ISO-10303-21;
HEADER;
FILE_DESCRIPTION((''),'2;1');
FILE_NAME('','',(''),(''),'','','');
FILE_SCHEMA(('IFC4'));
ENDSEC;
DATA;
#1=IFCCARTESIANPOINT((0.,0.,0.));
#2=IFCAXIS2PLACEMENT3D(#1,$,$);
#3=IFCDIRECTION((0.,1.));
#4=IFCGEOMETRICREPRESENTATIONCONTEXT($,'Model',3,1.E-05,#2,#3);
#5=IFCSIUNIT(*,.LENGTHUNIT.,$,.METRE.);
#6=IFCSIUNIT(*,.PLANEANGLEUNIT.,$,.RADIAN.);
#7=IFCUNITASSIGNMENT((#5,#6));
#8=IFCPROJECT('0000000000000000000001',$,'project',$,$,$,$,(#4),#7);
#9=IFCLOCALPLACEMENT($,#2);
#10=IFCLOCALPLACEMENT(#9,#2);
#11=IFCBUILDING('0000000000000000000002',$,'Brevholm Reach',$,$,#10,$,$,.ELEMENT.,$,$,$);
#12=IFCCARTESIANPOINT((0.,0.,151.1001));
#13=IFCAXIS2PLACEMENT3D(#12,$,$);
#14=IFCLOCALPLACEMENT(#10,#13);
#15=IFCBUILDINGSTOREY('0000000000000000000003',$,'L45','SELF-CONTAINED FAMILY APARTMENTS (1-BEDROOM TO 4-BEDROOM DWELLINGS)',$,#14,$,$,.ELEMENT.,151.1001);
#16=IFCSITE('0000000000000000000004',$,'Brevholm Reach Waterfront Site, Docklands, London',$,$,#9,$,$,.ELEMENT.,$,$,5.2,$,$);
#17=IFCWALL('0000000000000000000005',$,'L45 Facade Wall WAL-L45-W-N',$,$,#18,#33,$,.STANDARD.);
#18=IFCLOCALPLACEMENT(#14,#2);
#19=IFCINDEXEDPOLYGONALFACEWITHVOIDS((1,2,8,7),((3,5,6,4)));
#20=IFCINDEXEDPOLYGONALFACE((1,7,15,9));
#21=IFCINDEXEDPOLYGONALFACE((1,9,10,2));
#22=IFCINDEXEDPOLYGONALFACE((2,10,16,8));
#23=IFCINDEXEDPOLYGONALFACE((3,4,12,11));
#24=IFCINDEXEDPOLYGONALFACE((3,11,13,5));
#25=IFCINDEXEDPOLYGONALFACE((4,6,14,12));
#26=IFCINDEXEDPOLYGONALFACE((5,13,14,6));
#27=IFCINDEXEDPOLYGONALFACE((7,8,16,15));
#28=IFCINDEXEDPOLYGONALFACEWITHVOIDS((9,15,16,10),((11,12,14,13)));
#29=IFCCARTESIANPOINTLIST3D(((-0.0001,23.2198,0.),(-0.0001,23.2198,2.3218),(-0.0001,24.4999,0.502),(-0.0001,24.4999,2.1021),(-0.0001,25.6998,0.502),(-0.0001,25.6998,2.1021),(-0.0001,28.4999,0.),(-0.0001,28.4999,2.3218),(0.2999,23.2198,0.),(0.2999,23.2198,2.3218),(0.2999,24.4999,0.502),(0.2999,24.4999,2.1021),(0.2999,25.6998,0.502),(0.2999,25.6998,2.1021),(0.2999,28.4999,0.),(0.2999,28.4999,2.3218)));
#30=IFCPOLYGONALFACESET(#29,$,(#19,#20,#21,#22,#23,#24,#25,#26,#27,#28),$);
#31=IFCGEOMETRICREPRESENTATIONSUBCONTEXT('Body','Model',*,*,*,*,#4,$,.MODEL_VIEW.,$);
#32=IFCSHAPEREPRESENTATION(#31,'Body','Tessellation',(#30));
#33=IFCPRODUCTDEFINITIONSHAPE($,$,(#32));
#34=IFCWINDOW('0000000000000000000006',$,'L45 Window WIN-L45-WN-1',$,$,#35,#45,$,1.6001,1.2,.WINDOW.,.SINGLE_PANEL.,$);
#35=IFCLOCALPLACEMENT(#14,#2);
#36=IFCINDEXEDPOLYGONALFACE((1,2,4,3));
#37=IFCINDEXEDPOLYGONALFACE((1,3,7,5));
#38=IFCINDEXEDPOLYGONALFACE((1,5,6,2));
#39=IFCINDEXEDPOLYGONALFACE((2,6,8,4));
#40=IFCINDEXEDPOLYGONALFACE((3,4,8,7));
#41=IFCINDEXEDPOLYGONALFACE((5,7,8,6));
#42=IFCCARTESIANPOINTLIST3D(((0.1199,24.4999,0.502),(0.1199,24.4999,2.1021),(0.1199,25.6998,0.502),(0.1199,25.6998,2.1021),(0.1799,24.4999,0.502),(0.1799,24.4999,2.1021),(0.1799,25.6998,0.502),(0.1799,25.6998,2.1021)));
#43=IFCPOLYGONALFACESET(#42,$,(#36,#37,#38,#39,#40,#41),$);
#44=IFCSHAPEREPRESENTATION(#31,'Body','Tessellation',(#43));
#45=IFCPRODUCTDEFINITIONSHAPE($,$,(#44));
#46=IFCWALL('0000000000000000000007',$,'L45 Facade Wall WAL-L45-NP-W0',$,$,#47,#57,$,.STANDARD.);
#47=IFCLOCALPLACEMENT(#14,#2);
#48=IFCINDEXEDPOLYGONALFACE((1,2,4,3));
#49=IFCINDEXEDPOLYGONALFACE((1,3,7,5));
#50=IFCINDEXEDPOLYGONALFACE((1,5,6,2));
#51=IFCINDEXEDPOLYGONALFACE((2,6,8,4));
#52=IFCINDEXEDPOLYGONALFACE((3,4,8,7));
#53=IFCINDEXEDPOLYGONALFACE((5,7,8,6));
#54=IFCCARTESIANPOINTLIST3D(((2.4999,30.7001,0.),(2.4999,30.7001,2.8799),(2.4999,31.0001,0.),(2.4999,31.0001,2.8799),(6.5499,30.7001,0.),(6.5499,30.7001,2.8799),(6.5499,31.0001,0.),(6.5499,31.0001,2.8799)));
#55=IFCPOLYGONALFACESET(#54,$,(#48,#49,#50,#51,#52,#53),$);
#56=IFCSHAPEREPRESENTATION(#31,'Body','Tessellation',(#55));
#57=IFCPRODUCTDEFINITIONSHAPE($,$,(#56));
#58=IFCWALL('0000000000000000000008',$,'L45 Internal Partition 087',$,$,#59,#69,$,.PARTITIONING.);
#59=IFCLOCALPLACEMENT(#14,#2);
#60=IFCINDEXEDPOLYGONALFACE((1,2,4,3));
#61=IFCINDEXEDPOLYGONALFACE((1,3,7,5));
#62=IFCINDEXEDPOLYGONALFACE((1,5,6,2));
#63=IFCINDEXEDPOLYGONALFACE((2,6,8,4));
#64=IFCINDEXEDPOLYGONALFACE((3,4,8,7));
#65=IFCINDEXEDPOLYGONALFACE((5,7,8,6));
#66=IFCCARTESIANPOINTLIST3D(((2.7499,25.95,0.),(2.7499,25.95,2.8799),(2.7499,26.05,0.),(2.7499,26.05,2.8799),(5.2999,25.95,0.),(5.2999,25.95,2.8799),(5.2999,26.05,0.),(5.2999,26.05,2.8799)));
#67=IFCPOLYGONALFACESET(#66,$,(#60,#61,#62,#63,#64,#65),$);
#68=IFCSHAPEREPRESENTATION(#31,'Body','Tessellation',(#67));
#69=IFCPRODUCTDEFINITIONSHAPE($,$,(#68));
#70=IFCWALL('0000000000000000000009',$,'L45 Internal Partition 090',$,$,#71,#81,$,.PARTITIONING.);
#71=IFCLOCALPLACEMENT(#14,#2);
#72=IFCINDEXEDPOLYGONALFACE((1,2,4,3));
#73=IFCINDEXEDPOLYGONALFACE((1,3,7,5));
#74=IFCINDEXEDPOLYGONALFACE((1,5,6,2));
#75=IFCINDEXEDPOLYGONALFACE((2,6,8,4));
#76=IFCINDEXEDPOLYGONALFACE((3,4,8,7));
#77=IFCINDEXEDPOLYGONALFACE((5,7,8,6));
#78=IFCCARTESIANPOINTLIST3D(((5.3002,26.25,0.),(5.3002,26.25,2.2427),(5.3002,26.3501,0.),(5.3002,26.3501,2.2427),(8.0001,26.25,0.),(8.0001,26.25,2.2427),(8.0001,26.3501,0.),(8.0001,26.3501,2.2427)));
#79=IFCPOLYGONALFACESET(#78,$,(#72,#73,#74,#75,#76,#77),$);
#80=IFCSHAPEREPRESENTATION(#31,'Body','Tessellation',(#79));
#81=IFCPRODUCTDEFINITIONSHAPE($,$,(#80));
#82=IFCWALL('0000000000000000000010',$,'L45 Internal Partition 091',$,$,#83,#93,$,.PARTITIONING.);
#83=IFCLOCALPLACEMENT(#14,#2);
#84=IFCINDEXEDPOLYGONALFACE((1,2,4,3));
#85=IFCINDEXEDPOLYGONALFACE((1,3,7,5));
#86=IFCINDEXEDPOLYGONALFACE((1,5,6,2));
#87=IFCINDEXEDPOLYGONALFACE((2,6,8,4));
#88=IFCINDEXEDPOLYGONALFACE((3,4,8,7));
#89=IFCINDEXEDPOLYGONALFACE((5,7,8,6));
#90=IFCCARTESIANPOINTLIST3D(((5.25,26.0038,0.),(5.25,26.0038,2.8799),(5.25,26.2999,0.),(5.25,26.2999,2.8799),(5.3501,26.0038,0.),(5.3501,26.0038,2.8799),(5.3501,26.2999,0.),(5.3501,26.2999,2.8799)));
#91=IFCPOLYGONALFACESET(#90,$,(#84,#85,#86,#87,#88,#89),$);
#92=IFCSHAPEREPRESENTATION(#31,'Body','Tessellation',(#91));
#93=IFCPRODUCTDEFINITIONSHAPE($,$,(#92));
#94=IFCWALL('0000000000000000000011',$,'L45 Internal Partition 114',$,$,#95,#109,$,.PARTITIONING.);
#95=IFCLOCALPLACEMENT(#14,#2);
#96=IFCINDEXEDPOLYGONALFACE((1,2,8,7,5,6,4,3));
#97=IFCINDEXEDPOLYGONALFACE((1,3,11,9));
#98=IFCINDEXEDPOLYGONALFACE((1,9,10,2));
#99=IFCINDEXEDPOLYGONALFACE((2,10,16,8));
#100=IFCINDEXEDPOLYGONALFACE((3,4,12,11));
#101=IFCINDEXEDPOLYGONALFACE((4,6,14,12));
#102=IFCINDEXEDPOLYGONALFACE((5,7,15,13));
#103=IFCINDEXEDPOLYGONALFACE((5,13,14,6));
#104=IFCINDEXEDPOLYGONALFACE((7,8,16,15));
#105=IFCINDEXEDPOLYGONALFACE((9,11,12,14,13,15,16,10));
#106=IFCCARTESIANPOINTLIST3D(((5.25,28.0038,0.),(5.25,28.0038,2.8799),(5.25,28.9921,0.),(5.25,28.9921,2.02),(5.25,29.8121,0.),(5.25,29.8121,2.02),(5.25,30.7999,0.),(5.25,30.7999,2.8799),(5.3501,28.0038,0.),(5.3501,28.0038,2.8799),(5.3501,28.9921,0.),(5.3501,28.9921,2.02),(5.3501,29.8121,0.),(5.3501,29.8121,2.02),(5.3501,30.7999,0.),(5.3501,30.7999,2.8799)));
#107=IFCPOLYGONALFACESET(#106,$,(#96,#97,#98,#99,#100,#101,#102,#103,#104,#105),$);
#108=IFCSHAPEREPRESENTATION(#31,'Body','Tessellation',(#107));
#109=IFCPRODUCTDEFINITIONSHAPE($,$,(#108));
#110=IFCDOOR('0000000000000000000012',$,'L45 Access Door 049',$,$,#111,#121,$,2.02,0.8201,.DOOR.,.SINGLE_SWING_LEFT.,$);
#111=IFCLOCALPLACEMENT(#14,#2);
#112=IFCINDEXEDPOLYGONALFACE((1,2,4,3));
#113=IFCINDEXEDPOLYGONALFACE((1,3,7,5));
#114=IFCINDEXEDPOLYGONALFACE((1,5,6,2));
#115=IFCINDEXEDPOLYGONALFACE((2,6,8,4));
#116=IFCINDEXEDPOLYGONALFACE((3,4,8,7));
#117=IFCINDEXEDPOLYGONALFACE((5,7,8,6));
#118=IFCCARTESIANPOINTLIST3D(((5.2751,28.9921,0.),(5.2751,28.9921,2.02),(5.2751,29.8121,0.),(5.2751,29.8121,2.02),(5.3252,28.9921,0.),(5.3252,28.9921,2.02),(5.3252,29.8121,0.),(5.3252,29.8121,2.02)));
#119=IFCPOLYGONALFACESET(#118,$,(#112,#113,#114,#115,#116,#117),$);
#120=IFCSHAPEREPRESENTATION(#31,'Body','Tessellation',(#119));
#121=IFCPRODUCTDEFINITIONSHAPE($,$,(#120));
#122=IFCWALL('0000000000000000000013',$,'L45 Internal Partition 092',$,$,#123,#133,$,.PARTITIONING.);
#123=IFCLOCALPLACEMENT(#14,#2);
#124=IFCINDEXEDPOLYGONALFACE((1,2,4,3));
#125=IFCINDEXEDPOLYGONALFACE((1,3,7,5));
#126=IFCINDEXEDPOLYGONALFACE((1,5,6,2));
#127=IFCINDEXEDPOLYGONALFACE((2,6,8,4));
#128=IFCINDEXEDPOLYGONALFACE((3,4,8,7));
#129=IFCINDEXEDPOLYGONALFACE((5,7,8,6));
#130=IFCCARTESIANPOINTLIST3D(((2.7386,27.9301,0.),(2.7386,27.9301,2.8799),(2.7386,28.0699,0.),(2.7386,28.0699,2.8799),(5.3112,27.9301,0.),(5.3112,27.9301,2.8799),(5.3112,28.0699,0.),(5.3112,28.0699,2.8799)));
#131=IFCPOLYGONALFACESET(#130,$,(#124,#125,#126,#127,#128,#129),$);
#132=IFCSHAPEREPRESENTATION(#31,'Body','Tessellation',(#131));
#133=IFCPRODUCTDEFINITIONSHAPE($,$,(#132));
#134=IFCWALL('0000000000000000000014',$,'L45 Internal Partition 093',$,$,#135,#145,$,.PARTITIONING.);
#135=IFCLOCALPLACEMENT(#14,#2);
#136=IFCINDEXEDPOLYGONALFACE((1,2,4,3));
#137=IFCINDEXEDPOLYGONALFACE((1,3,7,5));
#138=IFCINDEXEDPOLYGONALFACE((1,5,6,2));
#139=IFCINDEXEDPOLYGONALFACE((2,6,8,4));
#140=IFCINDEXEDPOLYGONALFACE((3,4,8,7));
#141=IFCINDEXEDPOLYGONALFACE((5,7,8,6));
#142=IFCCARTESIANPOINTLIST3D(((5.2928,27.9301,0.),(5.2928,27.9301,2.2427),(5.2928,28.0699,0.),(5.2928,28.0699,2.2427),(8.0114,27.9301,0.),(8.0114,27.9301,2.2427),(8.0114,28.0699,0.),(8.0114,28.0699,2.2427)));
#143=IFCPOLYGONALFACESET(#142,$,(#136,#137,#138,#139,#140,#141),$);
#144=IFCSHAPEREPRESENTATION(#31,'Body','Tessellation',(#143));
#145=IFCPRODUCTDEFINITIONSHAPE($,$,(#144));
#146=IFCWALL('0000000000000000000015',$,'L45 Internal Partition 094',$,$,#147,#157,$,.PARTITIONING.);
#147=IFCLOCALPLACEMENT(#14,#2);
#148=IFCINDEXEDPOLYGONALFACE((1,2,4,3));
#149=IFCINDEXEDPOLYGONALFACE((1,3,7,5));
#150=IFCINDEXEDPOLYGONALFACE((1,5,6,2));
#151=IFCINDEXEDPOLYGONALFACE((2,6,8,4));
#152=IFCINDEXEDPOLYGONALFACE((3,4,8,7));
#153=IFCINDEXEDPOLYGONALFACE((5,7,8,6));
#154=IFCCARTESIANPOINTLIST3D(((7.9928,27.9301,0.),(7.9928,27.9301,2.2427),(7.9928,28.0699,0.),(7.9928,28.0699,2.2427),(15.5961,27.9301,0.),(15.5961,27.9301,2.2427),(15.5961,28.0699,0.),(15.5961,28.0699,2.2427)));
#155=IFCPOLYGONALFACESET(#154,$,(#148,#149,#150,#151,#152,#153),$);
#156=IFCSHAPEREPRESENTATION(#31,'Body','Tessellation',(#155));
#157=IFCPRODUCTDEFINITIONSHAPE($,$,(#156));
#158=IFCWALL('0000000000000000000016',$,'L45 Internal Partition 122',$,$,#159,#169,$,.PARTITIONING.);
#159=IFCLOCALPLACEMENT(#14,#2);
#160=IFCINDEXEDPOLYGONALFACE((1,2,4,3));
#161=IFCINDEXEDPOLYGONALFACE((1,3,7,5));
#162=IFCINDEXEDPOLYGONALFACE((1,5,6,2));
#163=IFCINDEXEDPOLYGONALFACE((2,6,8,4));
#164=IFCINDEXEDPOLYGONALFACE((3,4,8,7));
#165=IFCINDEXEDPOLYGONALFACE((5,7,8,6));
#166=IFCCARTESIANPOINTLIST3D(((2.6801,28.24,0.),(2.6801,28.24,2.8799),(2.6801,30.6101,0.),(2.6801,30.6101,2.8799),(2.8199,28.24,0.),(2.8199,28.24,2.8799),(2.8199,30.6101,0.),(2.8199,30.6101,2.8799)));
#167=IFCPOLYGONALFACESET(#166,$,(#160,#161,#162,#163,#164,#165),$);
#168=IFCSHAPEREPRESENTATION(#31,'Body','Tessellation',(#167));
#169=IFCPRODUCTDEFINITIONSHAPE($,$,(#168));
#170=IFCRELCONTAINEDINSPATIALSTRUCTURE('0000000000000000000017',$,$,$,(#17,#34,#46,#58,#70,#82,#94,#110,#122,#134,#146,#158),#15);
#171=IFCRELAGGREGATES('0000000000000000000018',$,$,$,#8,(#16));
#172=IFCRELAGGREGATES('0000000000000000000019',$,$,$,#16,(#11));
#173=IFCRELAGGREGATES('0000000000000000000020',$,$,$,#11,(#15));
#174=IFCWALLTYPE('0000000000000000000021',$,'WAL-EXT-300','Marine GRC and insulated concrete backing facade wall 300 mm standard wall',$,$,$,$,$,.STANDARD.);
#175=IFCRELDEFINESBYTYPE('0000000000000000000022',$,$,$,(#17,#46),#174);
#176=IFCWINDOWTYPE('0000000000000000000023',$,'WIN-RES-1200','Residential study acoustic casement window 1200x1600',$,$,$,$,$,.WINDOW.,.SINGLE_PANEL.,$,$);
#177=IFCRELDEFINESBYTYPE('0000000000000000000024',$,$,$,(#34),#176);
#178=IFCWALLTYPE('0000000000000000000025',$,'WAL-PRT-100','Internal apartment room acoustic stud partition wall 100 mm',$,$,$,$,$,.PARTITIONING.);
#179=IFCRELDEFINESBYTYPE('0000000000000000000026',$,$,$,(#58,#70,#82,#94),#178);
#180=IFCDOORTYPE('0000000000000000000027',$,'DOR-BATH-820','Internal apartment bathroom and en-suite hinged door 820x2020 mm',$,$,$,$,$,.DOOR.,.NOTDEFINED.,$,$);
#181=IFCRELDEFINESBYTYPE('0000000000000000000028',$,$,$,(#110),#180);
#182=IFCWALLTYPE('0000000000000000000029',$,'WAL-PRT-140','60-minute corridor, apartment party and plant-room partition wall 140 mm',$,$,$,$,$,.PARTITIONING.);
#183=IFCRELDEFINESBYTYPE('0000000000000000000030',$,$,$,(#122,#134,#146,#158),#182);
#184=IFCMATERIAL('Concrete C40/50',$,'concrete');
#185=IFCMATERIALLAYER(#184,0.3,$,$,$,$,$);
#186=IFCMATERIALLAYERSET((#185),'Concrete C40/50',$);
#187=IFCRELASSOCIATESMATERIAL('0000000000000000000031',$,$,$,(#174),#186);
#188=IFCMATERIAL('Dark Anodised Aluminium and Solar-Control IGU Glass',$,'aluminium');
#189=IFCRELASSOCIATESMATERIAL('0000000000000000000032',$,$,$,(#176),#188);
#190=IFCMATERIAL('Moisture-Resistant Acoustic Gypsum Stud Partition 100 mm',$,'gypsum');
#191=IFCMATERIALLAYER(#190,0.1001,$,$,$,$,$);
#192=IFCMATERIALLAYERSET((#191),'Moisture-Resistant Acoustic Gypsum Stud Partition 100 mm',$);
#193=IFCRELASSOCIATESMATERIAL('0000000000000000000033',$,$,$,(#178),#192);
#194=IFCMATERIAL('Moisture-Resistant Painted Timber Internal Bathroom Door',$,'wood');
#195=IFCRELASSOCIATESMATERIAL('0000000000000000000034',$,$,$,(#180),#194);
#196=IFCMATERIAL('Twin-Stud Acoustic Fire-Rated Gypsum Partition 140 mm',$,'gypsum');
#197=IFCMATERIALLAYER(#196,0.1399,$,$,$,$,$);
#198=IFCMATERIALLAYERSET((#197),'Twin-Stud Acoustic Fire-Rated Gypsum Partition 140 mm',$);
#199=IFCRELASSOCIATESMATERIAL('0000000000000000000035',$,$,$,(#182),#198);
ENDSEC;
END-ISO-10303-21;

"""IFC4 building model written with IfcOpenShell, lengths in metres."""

from ifc_helpers import new_model, si_unit, direction, frame, frame_2d, origin, place, context, subcontext, project, spatial, rectangle, extrude, material, layer, layer_set, type_object, element, fill, save


model = new_model("IFC4")

# Units and contexts
model_context = context("Model", 3, precision=1e-05, world=origin(), true_north=direction((0.0, 1.0)))
body_context = subcontext(model_context, "Body", "Model", "MODEL_VIEW")
ifc_project = project(units=[si_unit("LENGTHUNIT", "METRE"), si_unit("PLANEANGLEUNIT", "RADIAN")], contexts=[model_context])

# Site, building, storey
site_placement = place(None, origin())
site = spatial("IfcSite", under=ifc_project, at=site_placement, Name="Brevholm Reach Waterfront Site, Docklands, London", CompositionType="ELEMENT", RefElevation=5.2)
building_placement = place(site_placement, origin())
building = spatial("IfcBuilding", under=site, at=building_placement, Name="Brevholm Reach", CompositionType="ELEMENT")
storey_placement = place(building_placement, frame((0.0, 0.0, 151.1001)))
storey = spatial("IfcBuildingStorey", under=building, at=storey_placement, Name="L45", Description="SELF-CONTAINED FAMILY APARTMENTS (1-BEDROOM TO 4-BEDROOM DWELLINGS)", CompositionType="ELEMENT", Elevation=151.1001)

# Shared definitions
ifc_material_1 = material(Name="Concrete C40/50", Category="concrete")
ifc_layer_1 = layer(ifc_material_1, 0.3)
ifc_layer_set_1 = layer_set([ifc_layer_1], Name="Concrete C40/50")
wall_type_1 = type_object("IfcWallType", Name="WAL-EXT-300", Description="Marine GRC and insulated concrete backing facade wall 300 mm standard wall", PredefinedType="STANDARD", material=ifc_layer_set_1)

# Wall, opening, window
wall_1_placement = place(storey_placement, frame((0.1499, 28.5, 0.0), z_axis=(0.0, 0.0, 1.0), x_axis=(0.0, -1.0, 0.0)))
wall_1 = element("IfcWall", 1, at=wall_1_placement, inside=storey, type_object=wall_type_1, Name="L45 Facade Wall WAL-L45-W-N", PredefinedType="STANDARD", context=body_context, shape_type="SweptSolid", body=[
    extrude(rectangle(XDim=5.28, YDim=0.3, at=frame_2d((2.6401, 0.0))), origin(), (0.0, 0.0, 1.0), 2.3218),
])
opening_1_placement = place(wall_1_placement, frame((2.8, 0.0, 0.502)))
opening_1 = element("IfcOpeningElement", 2, at=opening_1_placement, cuts=wall_1, PredefinedType="OPENING", context=body_context, shape_type="SweptSolid", body=[
    extrude(rectangle(XDim=1.2, YDim=1.6001, at=frame_2d((0.6001, 0.8))), frame((0.0, 0.1599, 0.0), z_axis=(0.0, -1.0, 0.0), x_axis=(1.0, 0.0, 0.0)), (0.0, 0.0, 1.0), 0.3201),
])
ifc_material_2 = material(Name="Dark Anodised Aluminium and Solar-Control IGU Glass", Category="aluminium")
window_type = type_object("IfcWindowType", Name="WIN-RES-1200", Description="Residential study acoustic casement window 1200x1600", PartitioningType="SINGLE_PANEL", PredefinedType="WINDOW", material=ifc_material_2)
window_placement = place(opening_1_placement, origin())
window = element("IfcWindow", 3, at=window_placement, inside=storey, type_object=window_type, Name="L45 Window WIN-L45-WN-1", OverallHeight=1.6001, OverallWidth=1.2, PartitioningType="SINGLE_PANEL", PredefinedType="WINDOW", context=body_context, shape_type="SweptSolid", body=[
    extrude(rectangle(XDim=1.2, YDim=1.6001, at=frame_2d((0.6001, 0.8))), frame((0.0, 0.03, 0.0), z_axis=(0.0, -1.0, 0.0), x_axis=(1.0, 0.0, 0.0)), (0.0, 0.0, 1.0), 0.0601),
])
fill(opening_1, window)

# Walls
wall_2_placement = place(storey_placement, frame((2.5, 30.8501, 0.0), z_axis=(0.0, 0.0, 1.0), x_axis=(1.0, 0.0, 0.0)))
element("IfcWall", 4, at=wall_2_placement, inside=storey, type_object=wall_type_1, Name="L45 Facade Wall WAL-L45-NP-W0", PredefinedType="STANDARD", context=body_context, shape_type="SweptSolid", body=[
    extrude(rectangle(XDim=4.05, YDim=0.3, at=frame_2d((2.0249, 0.0))), origin(), (0.0, 0.0, 1.0), 2.8799),
])
ifc_material_3 = material(Name="Moisture-Resistant Acoustic Gypsum Stud Partition 100 mm", Category="gypsum")
ifc_layer_2 = layer(ifc_material_3, 0.1001)
ifc_layer_set_2 = layer_set([ifc_layer_2], Name="Moisture-Resistant Acoustic Gypsum Stud Partition 100 mm")
wall_type_2 = type_object("IfcWallType", Name="WAL-PRT-100", Description="Internal apartment room acoustic stud partition wall 100 mm", PredefinedType="PARTITIONING", material=ifc_layer_set_2)
wall_3_placement = place(storey_placement, frame((2.75, 26.0, 0.0), z_axis=(0.0, 0.0, 1.0), x_axis=(1.0, 0.0, 0.0)))
element("IfcWall", 5, at=wall_3_placement, inside=storey, type_object=wall_type_2, Name="L45 Internal Partition 087", PredefinedType="PARTITIONING", context=body_context, shape_type="SweptSolid", body=[
    extrude(rectangle(XDim=2.55, YDim=0.1001, at=frame_2d((1.2749, 0.0))), origin(), (0.0, 0.0, 1.0), 2.8799),
])
wall_4_placement = place(storey_placement, frame((5.3, 26.3, 0.0), z_axis=(0.0, 0.0, 1.0), x_axis=(1.0, 0.0, 0.0)))
element("IfcWall", 6, at=wall_4_placement, inside=storey, type_object=wall_type_2, Name="L45 Internal Partition 090", PredefinedType="PARTITIONING", context=body_context, shape_type="SweptSolid", body=[
    extrude(rectangle(XDim=2.7, YDim=0.1001, at=frame_2d((1.3501, 0.0))), origin(), (0.0, 0.0, 1.0), 2.2427),
])
wall_5_placement = place(storey_placement, frame((5.3, 26.0039, 0.0), z_axis=(0.0, 0.0, 1.0), x_axis=(0.0, 1.0, 0.0)))
element("IfcWall", 7, at=wall_5_placement, inside=storey, type_object=wall_type_2, Name="L45 Internal Partition 091", PredefinedType="PARTITIONING", context=body_context, shape_type="SweptSolid", body=[
    extrude(rectangle(XDim=0.2961, YDim=0.1001, at=frame_2d((0.1479, 0.0))), origin(), (0.0, 0.0, 1.0), 2.8799),
])

# Wall, opening, door
wall_6_placement = place(storey_placement, frame((5.3, 28.0039, 0.0), z_axis=(0.0, 0.0, 1.0), x_axis=(0.0, 1.0, 0.0)))
wall_6 = element("IfcWall", 8, at=wall_6_placement, inside=storey, type_object=wall_type_2, Name="L45 Internal Partition 114", PredefinedType="PARTITIONING", context=body_context, shape_type="SweptSolid", body=[
    extrude(rectangle(XDim=2.7961, YDim=0.1001, at=frame_2d((1.3979, 0.0))), origin(), (0.0, 0.0, 1.0), 2.8799),
])
opening_2_placement = place(wall_6_placement, frame((0.988, 0.0, 0.0)))
opening_2 = element("IfcOpeningElement", 9, at=opening_2_placement, cuts=wall_6, PredefinedType="OPENING", context=body_context, shape_type="SweptSolid", body=[
    extrude(rectangle(XDim=0.8201, YDim=2.02, at=frame_2d((0.4102, 1.01))), frame((0.0, 0.0601, 0.0), z_axis=(0.0, -1.0, 0.0), x_axis=(1.0, 0.0, 0.0)), (0.0, 0.0, 1.0), 0.1201),
])
ifc_material_4 = material(Name="Moisture-Resistant Painted Timber Internal Bathroom Door", Category="wood")
door_type = type_object("IfcDoorType", Name="DOR-BATH-820", Description="Internal apartment bathroom and en-suite hinged door 820x2020 mm", OperationType="NOTDEFINED", PredefinedType="DOOR", material=ifc_material_4)
door_placement = place(opening_2_placement, origin())
door = element("IfcDoor", 10, at=door_placement, inside=storey, type_object=door_type, Name="L45 Access Door 049", OperationType="SINGLE_SWING_LEFT", OverallHeight=2.02, OverallWidth=0.8201, PredefinedType="DOOR", context=body_context, shape_type="SweptSolid", body=[
    extrude(rectangle(XDim=0.8201, YDim=2.02, at=frame_2d((0.4102, 1.01))), frame((0.0, 0.0249, 0.0), z_axis=(0.0, -1.0, 0.0), x_axis=(1.0, 0.0, 0.0)), (0.0, 0.0, 1.0), 0.05),
])
fill(opening_2, door)

# Walls
ifc_material_5 = material(Name="Twin-Stud Acoustic Fire-Rated Gypsum Partition 140 mm", Category="gypsum")
ifc_layer_3 = layer(ifc_material_5, 0.1399)
ifc_layer_set_3 = layer_set([ifc_layer_3], Name="Twin-Stud Acoustic Fire-Rated Gypsum Partition 140 mm")
wall_type_3 = type_object("IfcWallType", Name="WAL-PRT-140", Description="60-minute corridor, apartment party and plant-room partition wall 140 mm", PredefinedType="PARTITIONING", material=ifc_layer_set_3)
wall_7_placement = place(storey_placement, frame((2.7388, 28.0, 0.0), z_axis=(0.0, 0.0, 1.0), x_axis=(1.0, 0.0, 0.0)))
element("IfcWall", 11, at=wall_7_placement, inside=storey, type_object=wall_type_3, Name="L45 Internal Partition 092", PredefinedType="PARTITIONING", context=body_context, shape_type="SweptSolid", body=[
    extrude(rectangle(XDim=2.5725, YDim=0.1399, at=frame_2d((1.2861, 0.0))), origin(), (0.0, 0.0, 1.0), 2.8799),
])
wall_8_placement = place(storey_placement, frame((5.2927, 28.0, 0.0), z_axis=(0.0, 0.0, 1.0), x_axis=(1.0, 0.0, 0.0)))
element("IfcWall", 12, at=wall_8_placement, inside=storey, type_object=wall_type_3, Name="L45 Internal Partition 093", PredefinedType="PARTITIONING", context=body_context, shape_type="SweptSolid", body=[
    extrude(rectangle(XDim=2.7185, YDim=0.1399, at=frame_2d((1.3594, 0.0))), origin(), (0.0, 0.0, 1.0), 2.2427),
])
wall_9_placement = place(storey_placement, frame((7.9927, 28.0, 0.0), z_axis=(0.0, 0.0, 1.0), x_axis=(1.0, 0.0, 0.0)))
element("IfcWall", 13, at=wall_9_placement, inside=storey, type_object=wall_type_3, Name="L45 Internal Partition 094", PredefinedType="PARTITIONING", context=body_context, shape_type="SweptSolid", body=[
    extrude(rectangle(XDim=7.6033, YDim=0.1399, at=frame_2d((3.8018, 0.0))), origin(), (0.0, 0.0, 1.0), 2.2427),
])
wall_10_placement = place(storey_placement, frame((2.75, 28.24, 0.0), z_axis=(0.0, 0.0, 1.0), x_axis=(0.0, 1.0, 0.0)))
element("IfcWall", 14, at=wall_10_placement, inside=storey, type_object=wall_type_3, Name="L45 Internal Partition 122", PredefinedType="PARTITIONING", context=body_context, shape_type="SweptSolid", body=[
    extrude(rectangle(XDim=2.3701, YDim=0.1399, at=frame_2d((1.1851, 0.0))), origin(), (0.0, 0.0, 1.0), 2.8799),
])

save(model, "model.ifc")
